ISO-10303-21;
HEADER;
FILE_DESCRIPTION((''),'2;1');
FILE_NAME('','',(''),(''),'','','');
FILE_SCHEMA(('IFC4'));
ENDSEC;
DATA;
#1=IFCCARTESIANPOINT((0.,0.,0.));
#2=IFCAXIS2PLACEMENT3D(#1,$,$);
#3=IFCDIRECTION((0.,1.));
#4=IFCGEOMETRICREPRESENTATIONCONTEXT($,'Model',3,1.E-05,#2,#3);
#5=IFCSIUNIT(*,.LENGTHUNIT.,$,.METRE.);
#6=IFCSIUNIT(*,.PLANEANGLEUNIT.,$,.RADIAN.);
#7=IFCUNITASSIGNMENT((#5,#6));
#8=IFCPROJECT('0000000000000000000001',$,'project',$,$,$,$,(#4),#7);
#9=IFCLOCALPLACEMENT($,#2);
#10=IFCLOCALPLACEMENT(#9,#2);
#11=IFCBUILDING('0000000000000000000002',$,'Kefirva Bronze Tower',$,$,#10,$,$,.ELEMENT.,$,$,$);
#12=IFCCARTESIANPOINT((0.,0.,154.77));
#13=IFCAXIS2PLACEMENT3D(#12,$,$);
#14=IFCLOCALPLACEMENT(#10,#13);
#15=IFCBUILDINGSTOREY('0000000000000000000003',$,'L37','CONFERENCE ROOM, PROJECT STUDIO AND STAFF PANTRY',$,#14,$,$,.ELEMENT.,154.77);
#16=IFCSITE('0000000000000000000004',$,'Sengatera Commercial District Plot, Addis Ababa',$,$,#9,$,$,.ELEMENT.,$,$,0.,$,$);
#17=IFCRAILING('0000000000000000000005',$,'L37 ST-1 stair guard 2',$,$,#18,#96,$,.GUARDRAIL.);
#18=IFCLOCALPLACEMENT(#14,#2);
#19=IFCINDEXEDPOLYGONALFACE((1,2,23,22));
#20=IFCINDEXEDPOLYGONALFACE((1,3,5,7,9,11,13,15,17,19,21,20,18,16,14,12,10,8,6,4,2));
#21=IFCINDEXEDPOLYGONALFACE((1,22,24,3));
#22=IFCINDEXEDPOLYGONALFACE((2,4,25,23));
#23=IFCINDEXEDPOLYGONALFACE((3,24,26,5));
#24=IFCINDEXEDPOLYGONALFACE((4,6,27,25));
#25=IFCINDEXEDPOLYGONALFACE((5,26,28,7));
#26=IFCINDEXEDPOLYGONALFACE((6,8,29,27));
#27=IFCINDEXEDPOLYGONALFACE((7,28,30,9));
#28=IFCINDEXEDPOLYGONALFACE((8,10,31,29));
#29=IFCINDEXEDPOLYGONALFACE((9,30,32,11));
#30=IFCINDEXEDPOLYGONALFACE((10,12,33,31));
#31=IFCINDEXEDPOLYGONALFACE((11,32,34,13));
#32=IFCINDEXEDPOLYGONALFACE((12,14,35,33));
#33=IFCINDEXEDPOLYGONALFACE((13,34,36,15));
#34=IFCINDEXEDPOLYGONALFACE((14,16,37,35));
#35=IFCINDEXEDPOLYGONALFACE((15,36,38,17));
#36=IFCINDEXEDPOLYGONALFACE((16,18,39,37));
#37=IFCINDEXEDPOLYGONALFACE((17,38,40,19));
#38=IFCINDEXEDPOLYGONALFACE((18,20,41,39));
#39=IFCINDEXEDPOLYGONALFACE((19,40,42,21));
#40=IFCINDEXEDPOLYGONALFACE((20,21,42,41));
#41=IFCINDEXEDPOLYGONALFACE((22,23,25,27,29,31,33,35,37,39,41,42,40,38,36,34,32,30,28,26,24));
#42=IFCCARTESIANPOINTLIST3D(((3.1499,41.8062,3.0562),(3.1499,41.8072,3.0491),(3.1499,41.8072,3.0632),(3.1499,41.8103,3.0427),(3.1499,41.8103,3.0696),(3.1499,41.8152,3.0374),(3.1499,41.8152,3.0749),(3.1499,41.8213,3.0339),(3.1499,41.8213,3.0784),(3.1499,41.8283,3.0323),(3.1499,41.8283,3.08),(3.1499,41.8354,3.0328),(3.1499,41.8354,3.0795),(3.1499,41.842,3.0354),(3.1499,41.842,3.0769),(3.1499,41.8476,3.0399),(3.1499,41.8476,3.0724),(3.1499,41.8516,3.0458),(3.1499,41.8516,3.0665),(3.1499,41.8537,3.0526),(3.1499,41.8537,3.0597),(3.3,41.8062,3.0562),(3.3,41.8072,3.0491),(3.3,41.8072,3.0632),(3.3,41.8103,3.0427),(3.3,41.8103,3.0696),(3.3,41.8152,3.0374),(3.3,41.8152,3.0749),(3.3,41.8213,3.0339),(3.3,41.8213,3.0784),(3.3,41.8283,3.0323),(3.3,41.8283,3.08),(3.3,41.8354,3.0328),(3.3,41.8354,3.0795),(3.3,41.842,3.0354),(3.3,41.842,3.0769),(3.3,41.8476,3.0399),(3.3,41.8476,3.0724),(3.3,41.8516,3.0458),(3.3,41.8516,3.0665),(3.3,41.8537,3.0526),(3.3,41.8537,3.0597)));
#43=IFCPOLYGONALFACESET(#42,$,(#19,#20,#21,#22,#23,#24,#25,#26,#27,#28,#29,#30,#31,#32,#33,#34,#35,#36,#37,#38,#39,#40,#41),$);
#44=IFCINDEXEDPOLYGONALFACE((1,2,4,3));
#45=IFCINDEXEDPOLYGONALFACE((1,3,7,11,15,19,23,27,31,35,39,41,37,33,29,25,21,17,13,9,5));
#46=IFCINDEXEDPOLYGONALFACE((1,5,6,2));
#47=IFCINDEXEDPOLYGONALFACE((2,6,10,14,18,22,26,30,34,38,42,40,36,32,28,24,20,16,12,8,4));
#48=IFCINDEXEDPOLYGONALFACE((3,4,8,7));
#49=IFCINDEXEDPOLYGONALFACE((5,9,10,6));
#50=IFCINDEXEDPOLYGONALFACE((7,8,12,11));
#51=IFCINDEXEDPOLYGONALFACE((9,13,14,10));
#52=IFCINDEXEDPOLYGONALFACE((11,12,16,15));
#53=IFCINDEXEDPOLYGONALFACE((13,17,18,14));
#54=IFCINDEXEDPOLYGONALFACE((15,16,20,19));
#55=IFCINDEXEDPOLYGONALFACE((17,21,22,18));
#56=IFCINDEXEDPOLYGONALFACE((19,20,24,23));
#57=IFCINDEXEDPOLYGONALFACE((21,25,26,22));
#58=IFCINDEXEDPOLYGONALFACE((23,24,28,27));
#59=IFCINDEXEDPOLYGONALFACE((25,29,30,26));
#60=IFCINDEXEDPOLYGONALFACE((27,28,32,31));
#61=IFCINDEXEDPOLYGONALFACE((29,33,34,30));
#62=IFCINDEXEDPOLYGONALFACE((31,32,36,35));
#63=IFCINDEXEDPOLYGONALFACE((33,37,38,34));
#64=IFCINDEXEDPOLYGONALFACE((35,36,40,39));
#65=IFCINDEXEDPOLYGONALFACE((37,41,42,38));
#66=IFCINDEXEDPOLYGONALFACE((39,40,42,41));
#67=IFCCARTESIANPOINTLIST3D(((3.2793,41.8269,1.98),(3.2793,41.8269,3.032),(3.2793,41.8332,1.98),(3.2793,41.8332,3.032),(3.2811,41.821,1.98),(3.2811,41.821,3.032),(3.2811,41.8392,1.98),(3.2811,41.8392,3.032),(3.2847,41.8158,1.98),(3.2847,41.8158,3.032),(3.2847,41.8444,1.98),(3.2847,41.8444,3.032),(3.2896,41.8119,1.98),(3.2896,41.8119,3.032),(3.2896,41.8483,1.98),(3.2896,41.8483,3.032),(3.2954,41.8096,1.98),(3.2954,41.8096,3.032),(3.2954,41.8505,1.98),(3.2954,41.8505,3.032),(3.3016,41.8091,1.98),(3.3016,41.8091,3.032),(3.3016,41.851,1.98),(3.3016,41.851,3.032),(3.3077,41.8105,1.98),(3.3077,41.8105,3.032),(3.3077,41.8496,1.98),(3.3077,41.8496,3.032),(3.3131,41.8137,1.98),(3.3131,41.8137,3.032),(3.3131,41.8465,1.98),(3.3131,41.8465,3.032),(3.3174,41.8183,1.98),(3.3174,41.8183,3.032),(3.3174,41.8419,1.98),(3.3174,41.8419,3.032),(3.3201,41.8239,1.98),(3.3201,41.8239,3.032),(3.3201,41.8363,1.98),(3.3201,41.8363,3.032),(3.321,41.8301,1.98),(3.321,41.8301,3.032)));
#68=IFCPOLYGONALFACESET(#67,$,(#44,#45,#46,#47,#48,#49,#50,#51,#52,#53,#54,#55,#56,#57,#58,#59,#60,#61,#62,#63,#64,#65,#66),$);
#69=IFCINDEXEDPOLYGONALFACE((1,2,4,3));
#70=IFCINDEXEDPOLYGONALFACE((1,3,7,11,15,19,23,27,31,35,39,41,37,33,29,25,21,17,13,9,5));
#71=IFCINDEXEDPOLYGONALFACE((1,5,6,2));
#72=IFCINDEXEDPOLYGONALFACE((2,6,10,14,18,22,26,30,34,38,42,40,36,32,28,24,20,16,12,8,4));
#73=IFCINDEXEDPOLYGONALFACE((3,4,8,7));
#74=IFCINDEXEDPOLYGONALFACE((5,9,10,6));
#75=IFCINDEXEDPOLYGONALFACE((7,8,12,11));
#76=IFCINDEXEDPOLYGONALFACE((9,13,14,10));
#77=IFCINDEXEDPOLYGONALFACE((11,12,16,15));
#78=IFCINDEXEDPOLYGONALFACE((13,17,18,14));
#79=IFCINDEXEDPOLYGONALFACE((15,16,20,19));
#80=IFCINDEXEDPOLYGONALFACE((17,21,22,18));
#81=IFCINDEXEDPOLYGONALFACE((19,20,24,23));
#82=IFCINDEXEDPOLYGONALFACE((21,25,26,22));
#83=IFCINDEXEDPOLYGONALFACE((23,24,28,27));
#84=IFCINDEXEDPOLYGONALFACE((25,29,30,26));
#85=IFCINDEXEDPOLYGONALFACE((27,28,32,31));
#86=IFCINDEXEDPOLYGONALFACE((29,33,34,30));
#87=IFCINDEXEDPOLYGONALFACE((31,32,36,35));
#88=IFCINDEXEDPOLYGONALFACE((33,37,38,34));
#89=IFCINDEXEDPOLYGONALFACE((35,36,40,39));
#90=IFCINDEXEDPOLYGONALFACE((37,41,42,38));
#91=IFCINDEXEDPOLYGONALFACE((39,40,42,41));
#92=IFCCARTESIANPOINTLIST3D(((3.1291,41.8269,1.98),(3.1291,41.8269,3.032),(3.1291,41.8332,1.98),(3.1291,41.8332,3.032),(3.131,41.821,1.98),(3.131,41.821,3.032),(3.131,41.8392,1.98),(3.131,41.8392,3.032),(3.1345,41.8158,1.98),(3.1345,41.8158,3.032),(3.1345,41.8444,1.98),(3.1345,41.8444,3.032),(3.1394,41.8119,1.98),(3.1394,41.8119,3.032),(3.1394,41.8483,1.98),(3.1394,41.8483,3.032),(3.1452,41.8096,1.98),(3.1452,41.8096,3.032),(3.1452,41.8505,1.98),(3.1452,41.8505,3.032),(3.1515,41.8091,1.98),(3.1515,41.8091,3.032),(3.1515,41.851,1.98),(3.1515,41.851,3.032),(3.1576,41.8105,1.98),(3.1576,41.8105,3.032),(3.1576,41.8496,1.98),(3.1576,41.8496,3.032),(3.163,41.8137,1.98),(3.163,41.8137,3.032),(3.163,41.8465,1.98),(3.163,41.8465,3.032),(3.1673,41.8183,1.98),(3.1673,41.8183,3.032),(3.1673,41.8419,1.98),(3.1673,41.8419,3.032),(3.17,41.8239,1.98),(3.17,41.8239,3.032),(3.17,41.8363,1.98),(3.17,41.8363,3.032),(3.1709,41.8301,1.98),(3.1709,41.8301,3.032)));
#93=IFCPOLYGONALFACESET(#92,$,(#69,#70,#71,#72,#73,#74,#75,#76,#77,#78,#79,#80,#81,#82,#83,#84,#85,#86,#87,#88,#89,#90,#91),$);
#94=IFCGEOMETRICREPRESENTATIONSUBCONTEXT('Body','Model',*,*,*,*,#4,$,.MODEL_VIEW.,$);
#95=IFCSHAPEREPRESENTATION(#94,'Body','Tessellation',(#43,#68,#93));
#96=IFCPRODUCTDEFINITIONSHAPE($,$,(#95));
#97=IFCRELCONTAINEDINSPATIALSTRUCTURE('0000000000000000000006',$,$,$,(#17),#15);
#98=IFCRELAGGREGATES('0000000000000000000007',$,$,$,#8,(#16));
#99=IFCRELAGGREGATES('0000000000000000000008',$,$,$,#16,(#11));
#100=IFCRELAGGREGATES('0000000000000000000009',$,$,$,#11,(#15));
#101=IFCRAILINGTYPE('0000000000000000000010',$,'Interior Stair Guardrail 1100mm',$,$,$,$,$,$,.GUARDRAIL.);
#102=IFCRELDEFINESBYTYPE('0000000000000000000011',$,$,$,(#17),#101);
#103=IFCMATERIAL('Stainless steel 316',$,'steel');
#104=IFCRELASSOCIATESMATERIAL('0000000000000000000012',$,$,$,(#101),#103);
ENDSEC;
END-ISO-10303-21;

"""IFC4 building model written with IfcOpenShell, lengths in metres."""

from ifc_helpers import new_model, si_unit, direction, frame, origin, origin_2d, place, context, subcontext, project, spatial, circle, extrude, material, type_object, element, save


model = new_model("IFC4")

# Units and contexts
model_context = context("Model", 3, precision=1e-05, world=origin(), true_north=direction((0.0, 1.0)))
body_context = subcontext(model_context, "Body", "Model", "MODEL_VIEW")
ifc_project = project(units=[si_unit("LENGTHUNIT", "METRE"), si_unit("PLANEANGLEUNIT", "RADIAN")], contexts=[model_context])

# Site, building, storey
site_placement = place(None, origin())
site = spatial("IfcSite", under=ifc_project, at=site_placement, Name="Sengatera Commercial District Plot, Addis Ababa", CompositionType="ELEMENT", RefElevation=0.0)
building_placement = place(site_placement, origin())
building = spatial("IfcBuilding", under=site, at=building_placement, Name="Kefirva Bronze Tower", CompositionType="ELEMENT")
storey_placement = place(building_placement, frame((0.0, 0.0, 154.77)))
storey = spatial("IfcBuildingStorey", under=building, at=storey_placement, Name="L37", Description="CONFERENCE ROOM, PROJECT STUDIO AND STAFF PANTRY", CompositionType="ELEMENT", Elevation=154.77)

# Railing
ifc_material_1 = material(Name="Stainless steel 316", Category="steel")
railing_type_1 = type_object("IfcRailingType", Name="Interior Stair Guardrail 1100mm", PredefinedType="GUARDRAIL", material=ifc_material_1)
railing_1_placement = place(storey_placement, frame((3.3, 41.8301, 1.98)))
element("IfcRailing", 1, at=railing_1_placement, inside=storey, type_object=railing_type_1, Name="L37 ST-1 stair guard 2", PredefinedType="GUARDRAIL", context=body_context, shape_type="SweptSolid", body=[
    extrude(circle(Radius=0.0239, at=origin_2d()), frame((0.0, 0.0, 1.0762), z_axis=(-1.0, 0.0, 0.0), x_axis=(0.0, -1.0, 0.0)), (0.0, 0.0, 1.0), 0.1501),
    extrude(circle(Radius=0.021, at=origin_2d()), origin(), (0.0, 0.0, 1.0), 1.052),
    extrude(circle(Radius=0.021, at=origin_2d()), frame((-0.1501, 0.0, 0.0)), (0.0, 0.0, 1.0), 1.052),
])

save(model, "model.ifc")
